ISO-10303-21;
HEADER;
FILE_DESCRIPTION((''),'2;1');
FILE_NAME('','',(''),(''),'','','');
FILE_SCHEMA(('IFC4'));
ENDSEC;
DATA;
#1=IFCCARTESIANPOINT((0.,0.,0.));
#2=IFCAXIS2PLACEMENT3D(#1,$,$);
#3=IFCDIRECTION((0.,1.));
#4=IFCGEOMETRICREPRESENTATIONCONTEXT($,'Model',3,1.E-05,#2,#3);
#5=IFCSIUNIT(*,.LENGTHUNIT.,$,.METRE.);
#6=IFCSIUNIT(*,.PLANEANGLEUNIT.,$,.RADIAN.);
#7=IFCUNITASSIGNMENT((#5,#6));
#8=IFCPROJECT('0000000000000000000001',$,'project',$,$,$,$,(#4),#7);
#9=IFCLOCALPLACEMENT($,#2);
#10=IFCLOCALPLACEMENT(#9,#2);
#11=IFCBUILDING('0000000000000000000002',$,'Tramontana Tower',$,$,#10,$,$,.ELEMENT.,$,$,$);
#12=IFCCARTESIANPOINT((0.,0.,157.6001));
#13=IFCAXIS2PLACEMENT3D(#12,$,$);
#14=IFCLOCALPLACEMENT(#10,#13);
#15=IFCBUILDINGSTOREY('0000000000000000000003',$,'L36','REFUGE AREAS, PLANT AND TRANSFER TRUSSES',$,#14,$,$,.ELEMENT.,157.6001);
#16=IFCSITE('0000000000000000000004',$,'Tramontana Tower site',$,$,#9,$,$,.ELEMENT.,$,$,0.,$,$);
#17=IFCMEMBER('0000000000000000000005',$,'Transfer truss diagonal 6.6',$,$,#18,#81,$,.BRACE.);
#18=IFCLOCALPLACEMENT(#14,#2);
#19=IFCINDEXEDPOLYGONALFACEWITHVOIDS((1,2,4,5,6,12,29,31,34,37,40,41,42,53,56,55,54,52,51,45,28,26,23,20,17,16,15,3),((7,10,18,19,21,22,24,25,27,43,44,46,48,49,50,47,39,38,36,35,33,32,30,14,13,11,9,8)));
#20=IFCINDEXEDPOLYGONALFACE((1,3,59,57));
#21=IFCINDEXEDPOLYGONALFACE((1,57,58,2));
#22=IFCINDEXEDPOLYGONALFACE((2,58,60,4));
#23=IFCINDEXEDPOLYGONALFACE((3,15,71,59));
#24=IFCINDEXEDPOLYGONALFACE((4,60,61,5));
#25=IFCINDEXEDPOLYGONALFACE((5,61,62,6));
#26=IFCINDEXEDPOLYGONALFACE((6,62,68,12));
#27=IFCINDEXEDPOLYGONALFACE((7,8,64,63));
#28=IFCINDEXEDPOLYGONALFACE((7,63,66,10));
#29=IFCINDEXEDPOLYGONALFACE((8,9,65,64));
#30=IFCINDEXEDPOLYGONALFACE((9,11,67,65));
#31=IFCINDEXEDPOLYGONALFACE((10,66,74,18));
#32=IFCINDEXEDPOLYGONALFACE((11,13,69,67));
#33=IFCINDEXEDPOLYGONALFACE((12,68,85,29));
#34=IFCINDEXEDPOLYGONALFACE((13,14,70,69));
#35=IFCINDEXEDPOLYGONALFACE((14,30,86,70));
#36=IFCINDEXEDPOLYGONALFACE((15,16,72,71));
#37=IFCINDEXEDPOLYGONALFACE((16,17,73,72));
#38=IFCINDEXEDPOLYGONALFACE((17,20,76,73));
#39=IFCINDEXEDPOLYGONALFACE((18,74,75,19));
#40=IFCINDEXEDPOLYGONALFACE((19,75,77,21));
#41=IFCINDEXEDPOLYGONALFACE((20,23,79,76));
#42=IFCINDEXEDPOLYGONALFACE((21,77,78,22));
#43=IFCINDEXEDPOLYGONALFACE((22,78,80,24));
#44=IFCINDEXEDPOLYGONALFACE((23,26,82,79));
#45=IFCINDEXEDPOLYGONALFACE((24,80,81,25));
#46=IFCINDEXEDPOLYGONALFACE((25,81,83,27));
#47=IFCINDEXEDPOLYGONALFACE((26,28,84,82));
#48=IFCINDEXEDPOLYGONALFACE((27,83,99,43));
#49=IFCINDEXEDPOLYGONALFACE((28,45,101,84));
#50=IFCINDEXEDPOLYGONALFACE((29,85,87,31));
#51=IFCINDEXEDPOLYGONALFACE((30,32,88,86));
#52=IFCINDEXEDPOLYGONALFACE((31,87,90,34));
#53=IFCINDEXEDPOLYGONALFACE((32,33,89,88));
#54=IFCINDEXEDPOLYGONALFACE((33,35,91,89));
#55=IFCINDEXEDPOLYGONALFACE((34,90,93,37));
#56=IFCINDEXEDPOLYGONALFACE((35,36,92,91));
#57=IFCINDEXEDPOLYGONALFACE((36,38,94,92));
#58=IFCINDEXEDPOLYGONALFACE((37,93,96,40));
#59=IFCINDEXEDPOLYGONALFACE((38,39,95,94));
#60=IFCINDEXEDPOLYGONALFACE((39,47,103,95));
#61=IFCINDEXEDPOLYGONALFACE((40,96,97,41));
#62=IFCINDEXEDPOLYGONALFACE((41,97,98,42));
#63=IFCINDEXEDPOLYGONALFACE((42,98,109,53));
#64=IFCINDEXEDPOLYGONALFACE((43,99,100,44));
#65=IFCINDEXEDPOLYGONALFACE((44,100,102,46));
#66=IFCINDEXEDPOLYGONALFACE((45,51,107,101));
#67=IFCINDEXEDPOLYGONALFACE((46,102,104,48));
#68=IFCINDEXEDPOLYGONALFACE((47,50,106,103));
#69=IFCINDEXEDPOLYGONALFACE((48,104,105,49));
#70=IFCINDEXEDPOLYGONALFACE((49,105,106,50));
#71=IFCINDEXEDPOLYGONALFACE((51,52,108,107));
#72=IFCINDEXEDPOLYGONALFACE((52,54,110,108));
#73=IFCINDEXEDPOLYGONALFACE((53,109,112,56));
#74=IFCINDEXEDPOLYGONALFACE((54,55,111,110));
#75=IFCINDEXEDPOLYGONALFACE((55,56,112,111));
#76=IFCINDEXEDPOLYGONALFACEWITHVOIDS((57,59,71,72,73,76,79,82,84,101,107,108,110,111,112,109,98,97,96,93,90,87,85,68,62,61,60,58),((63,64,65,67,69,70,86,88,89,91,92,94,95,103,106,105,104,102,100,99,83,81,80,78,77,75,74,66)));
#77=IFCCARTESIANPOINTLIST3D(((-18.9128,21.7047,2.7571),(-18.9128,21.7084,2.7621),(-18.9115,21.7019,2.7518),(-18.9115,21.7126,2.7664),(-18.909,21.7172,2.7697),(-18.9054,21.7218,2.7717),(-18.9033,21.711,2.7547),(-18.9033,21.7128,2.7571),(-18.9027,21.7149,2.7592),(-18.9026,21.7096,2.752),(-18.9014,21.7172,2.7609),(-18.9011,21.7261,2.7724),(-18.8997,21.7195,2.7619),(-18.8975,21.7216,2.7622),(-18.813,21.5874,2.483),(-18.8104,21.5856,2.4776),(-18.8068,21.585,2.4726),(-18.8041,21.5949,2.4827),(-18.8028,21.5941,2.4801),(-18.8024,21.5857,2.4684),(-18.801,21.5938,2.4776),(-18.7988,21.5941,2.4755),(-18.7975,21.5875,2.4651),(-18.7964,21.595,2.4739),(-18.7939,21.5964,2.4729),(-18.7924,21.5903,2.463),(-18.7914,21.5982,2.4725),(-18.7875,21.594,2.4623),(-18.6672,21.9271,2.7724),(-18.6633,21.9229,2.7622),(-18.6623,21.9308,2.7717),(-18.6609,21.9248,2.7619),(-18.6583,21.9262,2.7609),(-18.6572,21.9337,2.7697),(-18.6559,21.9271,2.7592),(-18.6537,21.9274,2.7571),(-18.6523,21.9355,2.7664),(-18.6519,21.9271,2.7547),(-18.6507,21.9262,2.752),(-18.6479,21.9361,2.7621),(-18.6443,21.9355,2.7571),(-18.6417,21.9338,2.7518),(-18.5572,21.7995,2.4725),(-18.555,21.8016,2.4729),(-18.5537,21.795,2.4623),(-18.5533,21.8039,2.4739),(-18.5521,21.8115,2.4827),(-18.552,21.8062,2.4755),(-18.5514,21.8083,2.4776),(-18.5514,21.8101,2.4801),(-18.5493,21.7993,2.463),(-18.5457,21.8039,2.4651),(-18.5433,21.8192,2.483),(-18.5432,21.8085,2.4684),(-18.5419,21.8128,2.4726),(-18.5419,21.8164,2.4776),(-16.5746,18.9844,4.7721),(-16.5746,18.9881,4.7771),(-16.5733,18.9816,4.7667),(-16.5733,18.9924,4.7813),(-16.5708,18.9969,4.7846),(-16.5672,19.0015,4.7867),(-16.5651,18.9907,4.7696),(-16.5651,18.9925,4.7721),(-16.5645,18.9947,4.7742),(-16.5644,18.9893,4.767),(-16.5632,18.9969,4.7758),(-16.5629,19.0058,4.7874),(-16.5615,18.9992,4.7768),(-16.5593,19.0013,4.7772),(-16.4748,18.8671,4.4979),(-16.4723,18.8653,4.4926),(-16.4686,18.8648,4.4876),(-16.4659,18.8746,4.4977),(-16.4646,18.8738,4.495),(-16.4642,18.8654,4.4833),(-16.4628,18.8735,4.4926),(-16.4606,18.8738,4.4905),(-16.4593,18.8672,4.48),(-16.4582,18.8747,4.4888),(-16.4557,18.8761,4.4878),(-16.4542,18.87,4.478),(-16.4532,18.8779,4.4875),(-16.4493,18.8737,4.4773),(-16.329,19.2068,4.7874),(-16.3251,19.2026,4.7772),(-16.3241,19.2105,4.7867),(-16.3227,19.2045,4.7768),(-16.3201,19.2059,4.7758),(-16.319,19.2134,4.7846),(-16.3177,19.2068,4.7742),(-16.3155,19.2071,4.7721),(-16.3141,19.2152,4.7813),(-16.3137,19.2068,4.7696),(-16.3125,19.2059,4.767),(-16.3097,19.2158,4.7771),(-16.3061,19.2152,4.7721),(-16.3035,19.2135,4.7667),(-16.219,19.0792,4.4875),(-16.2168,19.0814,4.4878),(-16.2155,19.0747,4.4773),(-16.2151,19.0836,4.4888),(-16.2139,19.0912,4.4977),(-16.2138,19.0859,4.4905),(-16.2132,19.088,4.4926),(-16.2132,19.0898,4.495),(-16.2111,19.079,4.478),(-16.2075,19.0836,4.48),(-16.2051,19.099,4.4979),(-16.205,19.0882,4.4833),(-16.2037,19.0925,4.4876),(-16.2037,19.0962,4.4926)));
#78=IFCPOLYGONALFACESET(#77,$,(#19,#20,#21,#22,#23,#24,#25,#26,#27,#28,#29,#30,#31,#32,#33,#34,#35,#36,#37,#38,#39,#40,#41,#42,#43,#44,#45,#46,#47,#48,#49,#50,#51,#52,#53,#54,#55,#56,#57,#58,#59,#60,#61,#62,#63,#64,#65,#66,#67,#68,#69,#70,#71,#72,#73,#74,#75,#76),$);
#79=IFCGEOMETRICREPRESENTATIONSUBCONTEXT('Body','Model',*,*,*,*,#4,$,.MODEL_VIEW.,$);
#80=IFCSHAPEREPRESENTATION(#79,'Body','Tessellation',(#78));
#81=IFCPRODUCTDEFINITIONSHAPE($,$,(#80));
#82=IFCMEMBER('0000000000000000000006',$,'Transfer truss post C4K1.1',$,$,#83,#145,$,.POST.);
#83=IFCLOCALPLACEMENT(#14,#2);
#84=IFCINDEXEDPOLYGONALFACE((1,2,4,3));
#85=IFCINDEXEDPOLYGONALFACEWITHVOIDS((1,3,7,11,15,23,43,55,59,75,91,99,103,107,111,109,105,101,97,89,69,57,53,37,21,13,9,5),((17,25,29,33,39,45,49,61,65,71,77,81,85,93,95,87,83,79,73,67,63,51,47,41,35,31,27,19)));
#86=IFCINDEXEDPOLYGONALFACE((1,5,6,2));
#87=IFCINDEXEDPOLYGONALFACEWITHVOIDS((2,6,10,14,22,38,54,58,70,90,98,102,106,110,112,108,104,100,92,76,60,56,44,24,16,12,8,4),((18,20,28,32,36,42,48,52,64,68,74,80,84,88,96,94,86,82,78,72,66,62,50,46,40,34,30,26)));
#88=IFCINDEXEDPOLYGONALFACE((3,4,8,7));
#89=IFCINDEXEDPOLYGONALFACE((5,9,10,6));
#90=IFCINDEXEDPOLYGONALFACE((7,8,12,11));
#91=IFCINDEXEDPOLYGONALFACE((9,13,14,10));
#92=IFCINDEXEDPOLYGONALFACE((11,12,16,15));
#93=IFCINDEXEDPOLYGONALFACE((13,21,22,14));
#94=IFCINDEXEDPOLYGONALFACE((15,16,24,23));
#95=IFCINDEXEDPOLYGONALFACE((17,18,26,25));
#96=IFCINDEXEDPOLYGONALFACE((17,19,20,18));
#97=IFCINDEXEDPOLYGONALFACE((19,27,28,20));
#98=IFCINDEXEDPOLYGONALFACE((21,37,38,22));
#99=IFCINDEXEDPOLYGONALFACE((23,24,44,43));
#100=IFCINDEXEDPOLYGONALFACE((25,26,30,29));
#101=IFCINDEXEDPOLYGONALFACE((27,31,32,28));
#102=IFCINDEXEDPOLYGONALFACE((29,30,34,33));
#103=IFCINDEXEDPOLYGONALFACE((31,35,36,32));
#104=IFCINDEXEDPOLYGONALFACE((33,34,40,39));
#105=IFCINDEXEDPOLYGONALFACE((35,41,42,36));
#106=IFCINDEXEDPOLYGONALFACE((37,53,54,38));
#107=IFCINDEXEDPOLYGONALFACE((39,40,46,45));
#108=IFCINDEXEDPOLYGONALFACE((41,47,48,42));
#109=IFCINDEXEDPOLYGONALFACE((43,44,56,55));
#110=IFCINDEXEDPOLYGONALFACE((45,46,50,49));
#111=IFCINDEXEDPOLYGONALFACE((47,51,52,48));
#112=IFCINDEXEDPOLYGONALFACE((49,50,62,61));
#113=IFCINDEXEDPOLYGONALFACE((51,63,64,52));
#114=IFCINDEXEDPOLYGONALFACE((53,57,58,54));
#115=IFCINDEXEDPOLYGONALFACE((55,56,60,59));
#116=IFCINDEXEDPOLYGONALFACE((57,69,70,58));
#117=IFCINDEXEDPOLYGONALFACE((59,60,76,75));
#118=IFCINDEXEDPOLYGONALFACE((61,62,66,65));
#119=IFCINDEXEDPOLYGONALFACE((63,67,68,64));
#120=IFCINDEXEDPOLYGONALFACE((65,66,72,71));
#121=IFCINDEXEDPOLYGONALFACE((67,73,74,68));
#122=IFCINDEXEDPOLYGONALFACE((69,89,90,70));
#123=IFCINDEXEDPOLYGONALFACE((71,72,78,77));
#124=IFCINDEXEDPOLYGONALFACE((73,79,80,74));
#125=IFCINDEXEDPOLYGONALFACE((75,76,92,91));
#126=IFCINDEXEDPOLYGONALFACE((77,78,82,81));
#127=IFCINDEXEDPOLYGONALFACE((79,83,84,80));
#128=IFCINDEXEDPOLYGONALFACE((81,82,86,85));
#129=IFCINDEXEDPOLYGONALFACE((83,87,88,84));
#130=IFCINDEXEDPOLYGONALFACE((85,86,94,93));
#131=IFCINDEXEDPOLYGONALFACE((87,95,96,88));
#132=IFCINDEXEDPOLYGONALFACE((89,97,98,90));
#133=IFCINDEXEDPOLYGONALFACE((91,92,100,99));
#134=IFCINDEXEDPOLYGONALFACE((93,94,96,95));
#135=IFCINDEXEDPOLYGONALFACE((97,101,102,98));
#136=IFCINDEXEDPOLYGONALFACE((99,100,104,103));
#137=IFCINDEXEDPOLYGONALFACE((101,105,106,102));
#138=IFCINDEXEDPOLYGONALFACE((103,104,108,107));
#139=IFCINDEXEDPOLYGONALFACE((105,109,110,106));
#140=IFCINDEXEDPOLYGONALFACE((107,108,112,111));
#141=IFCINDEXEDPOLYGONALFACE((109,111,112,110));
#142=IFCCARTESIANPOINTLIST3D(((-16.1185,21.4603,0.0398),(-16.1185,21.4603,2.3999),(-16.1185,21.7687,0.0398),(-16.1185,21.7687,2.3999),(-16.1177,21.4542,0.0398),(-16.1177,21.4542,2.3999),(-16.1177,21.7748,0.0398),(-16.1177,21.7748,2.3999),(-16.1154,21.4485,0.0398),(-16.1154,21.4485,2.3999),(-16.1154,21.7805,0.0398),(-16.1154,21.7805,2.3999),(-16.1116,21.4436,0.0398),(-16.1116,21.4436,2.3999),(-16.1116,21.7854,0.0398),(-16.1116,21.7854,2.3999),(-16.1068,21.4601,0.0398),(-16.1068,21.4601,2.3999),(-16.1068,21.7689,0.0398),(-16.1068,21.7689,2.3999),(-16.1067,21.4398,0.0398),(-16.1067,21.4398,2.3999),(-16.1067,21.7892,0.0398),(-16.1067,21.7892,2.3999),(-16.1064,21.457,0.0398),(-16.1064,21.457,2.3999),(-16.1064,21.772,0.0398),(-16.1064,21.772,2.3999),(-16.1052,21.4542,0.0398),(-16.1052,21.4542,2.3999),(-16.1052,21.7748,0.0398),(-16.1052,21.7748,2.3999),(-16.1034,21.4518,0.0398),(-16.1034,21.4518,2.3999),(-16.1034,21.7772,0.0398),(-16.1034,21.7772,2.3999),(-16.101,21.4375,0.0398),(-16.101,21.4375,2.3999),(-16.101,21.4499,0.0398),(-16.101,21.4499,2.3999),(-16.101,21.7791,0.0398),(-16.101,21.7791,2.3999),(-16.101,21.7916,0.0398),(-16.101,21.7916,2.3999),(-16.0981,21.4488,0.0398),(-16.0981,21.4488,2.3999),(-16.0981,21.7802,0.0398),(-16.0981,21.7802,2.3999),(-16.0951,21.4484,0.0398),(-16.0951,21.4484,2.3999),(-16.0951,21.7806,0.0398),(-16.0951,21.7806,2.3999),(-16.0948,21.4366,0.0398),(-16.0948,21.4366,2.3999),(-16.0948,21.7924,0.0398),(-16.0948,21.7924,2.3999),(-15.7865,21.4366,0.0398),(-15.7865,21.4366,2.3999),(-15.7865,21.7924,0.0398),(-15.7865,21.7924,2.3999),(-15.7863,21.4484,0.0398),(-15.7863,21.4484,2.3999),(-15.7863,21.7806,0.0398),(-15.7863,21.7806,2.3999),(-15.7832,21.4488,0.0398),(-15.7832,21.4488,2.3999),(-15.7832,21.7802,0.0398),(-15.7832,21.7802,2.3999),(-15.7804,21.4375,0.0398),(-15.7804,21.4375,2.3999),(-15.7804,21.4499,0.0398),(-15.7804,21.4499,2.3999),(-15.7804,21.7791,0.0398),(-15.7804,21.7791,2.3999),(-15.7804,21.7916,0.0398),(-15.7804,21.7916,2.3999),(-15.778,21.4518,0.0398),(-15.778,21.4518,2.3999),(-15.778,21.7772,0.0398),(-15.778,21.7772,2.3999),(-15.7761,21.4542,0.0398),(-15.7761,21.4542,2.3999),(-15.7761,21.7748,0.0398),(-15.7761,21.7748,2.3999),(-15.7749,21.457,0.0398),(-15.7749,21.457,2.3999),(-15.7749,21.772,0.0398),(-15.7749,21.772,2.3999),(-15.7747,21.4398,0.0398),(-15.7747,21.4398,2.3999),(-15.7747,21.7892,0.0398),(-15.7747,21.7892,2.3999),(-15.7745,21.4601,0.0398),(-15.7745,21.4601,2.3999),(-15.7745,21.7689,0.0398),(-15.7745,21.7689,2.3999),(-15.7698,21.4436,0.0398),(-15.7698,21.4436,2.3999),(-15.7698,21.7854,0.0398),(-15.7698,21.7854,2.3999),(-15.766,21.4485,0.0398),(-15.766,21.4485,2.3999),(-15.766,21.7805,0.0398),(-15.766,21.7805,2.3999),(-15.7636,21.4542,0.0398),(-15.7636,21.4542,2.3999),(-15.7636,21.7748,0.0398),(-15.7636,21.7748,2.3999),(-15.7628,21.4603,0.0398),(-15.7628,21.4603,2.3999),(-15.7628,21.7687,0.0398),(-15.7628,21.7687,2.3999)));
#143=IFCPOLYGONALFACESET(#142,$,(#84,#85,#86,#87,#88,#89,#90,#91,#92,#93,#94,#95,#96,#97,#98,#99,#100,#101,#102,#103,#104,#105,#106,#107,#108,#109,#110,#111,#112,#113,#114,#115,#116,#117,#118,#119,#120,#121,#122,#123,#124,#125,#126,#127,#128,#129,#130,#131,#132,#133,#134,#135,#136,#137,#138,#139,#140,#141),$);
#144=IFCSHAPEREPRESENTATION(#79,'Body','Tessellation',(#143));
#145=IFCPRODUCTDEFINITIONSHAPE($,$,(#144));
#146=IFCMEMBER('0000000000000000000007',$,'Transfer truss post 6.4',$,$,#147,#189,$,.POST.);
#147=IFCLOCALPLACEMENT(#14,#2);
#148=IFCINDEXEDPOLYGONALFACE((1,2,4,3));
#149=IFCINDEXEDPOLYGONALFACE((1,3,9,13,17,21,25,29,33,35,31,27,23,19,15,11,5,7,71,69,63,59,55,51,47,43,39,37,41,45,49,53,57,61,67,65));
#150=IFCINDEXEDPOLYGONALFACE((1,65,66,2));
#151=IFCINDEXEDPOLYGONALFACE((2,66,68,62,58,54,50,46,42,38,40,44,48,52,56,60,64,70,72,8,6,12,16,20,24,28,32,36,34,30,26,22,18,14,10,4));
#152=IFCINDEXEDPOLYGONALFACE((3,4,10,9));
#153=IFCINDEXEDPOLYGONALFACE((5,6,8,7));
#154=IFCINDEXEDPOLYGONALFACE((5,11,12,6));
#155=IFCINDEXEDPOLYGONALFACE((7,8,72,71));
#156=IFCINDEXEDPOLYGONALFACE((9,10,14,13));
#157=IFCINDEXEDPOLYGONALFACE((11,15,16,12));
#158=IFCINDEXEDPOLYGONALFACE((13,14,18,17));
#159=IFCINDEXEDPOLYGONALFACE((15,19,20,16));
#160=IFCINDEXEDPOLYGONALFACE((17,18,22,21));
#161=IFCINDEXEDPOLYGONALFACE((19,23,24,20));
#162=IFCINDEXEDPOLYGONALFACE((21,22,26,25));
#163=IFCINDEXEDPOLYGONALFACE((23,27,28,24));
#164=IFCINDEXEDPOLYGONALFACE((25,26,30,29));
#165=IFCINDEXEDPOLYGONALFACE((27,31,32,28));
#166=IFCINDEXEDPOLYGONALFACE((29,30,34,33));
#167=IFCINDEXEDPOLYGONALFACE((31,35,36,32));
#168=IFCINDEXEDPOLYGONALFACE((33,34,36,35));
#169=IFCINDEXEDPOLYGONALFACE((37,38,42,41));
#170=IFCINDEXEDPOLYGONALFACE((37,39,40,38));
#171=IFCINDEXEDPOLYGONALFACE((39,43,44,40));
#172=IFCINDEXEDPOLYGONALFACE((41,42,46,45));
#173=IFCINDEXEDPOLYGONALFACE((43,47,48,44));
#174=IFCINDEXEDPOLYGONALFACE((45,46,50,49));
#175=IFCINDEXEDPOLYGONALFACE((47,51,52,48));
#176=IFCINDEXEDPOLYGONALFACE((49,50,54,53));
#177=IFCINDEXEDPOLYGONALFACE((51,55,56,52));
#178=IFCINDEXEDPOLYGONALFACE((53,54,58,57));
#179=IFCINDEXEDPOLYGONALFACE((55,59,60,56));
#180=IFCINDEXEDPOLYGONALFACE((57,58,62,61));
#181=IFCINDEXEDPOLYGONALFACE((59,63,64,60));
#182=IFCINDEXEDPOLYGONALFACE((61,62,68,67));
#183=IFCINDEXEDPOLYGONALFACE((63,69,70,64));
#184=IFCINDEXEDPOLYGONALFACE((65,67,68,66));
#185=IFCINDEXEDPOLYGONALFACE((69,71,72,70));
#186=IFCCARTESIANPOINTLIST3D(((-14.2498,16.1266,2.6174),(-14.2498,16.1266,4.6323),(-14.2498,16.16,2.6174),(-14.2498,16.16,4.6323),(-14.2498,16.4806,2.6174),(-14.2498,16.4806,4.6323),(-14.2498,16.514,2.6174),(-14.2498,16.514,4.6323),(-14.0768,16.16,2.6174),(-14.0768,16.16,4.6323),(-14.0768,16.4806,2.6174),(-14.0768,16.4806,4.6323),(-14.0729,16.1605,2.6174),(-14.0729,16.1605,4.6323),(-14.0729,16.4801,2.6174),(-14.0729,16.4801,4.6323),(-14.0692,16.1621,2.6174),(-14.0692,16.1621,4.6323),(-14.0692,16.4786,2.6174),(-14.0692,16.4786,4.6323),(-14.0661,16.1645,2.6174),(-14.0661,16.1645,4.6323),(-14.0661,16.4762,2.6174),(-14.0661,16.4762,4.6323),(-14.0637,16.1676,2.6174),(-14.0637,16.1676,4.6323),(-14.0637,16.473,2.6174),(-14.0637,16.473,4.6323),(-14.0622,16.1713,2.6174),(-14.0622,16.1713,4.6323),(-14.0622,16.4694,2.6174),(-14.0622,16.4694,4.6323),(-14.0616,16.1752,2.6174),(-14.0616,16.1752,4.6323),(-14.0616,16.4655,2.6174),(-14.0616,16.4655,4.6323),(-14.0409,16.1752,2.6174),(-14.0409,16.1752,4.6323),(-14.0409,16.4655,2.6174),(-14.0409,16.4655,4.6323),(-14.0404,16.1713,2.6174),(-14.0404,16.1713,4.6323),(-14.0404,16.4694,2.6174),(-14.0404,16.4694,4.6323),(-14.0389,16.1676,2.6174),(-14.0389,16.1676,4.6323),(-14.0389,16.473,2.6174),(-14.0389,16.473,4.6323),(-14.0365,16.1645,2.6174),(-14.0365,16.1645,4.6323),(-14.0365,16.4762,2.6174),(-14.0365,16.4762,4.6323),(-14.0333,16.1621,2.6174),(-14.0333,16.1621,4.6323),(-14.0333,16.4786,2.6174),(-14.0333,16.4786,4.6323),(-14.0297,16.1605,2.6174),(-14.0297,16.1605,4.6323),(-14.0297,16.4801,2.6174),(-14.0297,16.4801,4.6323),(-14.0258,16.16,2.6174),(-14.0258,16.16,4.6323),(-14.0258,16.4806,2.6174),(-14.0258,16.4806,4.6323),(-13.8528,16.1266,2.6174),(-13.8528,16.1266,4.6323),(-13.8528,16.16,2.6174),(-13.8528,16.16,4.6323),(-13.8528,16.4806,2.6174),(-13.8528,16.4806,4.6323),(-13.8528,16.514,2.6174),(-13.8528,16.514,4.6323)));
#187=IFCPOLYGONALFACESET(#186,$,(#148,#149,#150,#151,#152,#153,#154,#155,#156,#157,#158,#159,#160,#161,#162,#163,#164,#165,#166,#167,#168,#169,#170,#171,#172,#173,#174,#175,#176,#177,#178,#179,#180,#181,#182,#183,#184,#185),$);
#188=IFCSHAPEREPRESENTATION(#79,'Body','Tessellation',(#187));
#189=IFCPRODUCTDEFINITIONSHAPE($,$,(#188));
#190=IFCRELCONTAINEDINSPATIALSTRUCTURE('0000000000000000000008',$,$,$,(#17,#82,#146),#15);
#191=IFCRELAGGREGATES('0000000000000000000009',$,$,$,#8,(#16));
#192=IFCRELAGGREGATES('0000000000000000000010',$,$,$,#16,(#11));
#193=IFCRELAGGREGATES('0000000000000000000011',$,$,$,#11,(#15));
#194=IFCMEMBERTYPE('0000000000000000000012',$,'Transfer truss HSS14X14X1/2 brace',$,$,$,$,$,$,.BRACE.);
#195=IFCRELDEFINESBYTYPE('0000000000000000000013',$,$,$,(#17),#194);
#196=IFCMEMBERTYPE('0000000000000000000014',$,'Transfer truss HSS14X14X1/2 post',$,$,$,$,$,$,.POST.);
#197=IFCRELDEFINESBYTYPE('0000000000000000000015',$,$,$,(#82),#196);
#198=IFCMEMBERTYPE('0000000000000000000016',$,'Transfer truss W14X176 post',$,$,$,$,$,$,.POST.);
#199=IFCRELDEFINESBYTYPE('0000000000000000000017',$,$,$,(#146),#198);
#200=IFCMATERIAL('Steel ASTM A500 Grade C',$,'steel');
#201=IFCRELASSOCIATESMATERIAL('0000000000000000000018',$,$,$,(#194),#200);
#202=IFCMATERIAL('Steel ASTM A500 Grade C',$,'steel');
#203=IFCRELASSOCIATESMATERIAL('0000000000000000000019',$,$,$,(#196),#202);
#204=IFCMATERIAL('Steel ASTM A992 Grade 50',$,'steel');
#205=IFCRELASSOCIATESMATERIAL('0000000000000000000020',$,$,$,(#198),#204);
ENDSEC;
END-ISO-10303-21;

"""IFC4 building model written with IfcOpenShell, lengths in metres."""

from ifc_helpers import new_model, si_unit, direction, frame, origin, origin_2d, place, context, subcontext, project, spatial, hollow_rectangle, i_section, extrude, material, material_profile, profile_set, type_object, element, save


model = new_model("IFC4")

# Units and contexts
model_context = context("Model", 3, precision=1e-05, world=origin(), true_north=direction((0.0, 1.0)))
body_context = subcontext(model_context, "Body", "Model", "MODEL_VIEW")
ifc_project = project(units=[si_unit("LENGTHUNIT", "METRE"), si_unit("PLANEANGLEUNIT", "RADIAN")], contexts=[model_context])

# Site, building, storey
site_placement = place(None, origin())
site = spatial("IfcSite", under=ifc_project, at=site_placement, Name="Tramontana Tower site", CompositionType="ELEMENT", RefElevation=0.0)
building_placement = place(site_placement, origin())
building = spatial("IfcBuilding", under=site, at=building_placement, Name="Tramontana Tower", CompositionType="ELEMENT")
storey_placement = place(building_placement, frame((0.0, 0.0, 157.6001)))
storey = spatial("IfcBuildingStorey", under=building, at=storey_placement, Name="L36", Description="REFUGE AREAS, PLANT AND TRANSFER TRUSSES", CompositionType="ELEMENT", Elevation=157.6001)

# Members
ifc_material_1 = material(Name="Steel ASTM A500 Grade C", Category="steel")
ifc_material_profile_1 = material_profile(ifc_material_1, hollow_rectangle(XDim=0.3557, YDim=0.3557, WallThickness=0.0117, InnerFilletRadius=0.0117, OuterFilletRadius=0.0237, at=origin_2d()), Name="HSS14X14X1/2")
ifc_profile_set_1 = profile_set([ifc_material_profile_1], Name="Steel ASTM A500 Grade C")
member_type_1 = type_object("IfcMemberType", Name="Transfer truss HSS14X14X1/2 brace", PredefinedType="BRACE", material=ifc_profile_set_1)
member_1_placement = place(storey_placement, frame((-16.3892, 19.0403, 4.6323), z_axis=(-0.568315, 0.661185, -0.489747), x_axis=(-0.758357, -0.651839, 0.0)))
element("IfcMember", 1, at=member_1_placement, inside=storey, type_object=member_type_1, Name="Transfer truss diagonal 6.6", PredefinedType="BRACE", context=body_context, shape_type="SweptSolid", body=[
    extrude(hollow_rectangle(XDim=0.3557, YDim=0.3557, WallThickness=0.0117, InnerFilletRadius=0.0117, OuterFilletRadius=0.0237, at=origin_2d()), origin(), (0.0, 0.0, 1.0), 4.1143),
])
ifc_material_2 = material(Name="Steel ASTM A500 Grade C", Category="steel")
ifc_material_profile_2 = material_profile(ifc_material_2, hollow_rectangle(XDim=0.3557, YDim=0.3557, WallThickness=0.0117, InnerFilletRadius=0.0117, OuterFilletRadius=0.0237, at=origin_2d()), Name="HSS14X14X1/2")
ifc_profile_set_2 = profile_set([ifc_material_profile_2], Name="Steel ASTM A500 Grade C")
member_type_2 = type_object("IfcMemberType", Name="Transfer truss HSS14X14X1/2 post", PredefinedType="POST", material=ifc_profile_set_2)
member_2_placement = place(storey_placement, frame((-15.9407, 21.6145, 0.0398), z_axis=(0.0, 0.0, 1.0), x_axis=(1.0, 0.0, 0.0)))
element("IfcMember", 2, at=member_2_placement, inside=storey, type_object=member_type_2, Name="Transfer truss post C4K1.1", PredefinedType="POST", context=body_context, shape_type="SweptSolid", body=[
    extrude(hollow_rectangle(XDim=0.3557, YDim=0.3557, WallThickness=0.0117, InnerFilletRadius=0.0117, OuterFilletRadius=0.0237, at=origin_2d()), origin(), (0.0, 0.0, 1.0), 2.3601),
])
ifc_material_3 = material(Name="Steel ASTM A992 Grade 50", Category="steel")
ifc_material_profile_3 = material_profile(ifc_material_3, i_section(OverallWidth=0.397, OverallDepth=0.3875, WebThickness=0.0208, FlangeThickness=0.0334, FilletRadius=0.0151, at=origin_2d()), Name="W14X176")
ifc_profile_set_3 = profile_set([ifc_material_profile_3], Name="Steel ASTM A992 Grade 50")
member_type_3 = type_object("IfcMemberType", Name="Transfer truss W14X176 post", PredefinedType="POST", material=ifc_profile_set_3)
for number, where, z_axis, x_axis, name in (
    (3, (-14.0513, 16.3203, 2.6174), (0.0, 0.0, 1.0), (1.0, 0.0, 0.0), "Transfer truss post 6.4"),
):
    element("IfcMember", number, at=place(storey_placement, frame(where, z_axis=z_axis, x_axis=x_axis)), inside=storey, type_object=member_type_3, Name=name, PredefinedType="POST", context=body_context, shape_type="SweptSolid", body=[
        extrude(i_section(OverallWidth=0.397, OverallDepth=0.3875, WebThickness=0.0208, FlangeThickness=0.0334, FilletRadius=0.0151, at=origin_2d()), origin(), (0.0, 0.0, 1.0), 2.0149),
    ])

save(model, "model.ifc")
